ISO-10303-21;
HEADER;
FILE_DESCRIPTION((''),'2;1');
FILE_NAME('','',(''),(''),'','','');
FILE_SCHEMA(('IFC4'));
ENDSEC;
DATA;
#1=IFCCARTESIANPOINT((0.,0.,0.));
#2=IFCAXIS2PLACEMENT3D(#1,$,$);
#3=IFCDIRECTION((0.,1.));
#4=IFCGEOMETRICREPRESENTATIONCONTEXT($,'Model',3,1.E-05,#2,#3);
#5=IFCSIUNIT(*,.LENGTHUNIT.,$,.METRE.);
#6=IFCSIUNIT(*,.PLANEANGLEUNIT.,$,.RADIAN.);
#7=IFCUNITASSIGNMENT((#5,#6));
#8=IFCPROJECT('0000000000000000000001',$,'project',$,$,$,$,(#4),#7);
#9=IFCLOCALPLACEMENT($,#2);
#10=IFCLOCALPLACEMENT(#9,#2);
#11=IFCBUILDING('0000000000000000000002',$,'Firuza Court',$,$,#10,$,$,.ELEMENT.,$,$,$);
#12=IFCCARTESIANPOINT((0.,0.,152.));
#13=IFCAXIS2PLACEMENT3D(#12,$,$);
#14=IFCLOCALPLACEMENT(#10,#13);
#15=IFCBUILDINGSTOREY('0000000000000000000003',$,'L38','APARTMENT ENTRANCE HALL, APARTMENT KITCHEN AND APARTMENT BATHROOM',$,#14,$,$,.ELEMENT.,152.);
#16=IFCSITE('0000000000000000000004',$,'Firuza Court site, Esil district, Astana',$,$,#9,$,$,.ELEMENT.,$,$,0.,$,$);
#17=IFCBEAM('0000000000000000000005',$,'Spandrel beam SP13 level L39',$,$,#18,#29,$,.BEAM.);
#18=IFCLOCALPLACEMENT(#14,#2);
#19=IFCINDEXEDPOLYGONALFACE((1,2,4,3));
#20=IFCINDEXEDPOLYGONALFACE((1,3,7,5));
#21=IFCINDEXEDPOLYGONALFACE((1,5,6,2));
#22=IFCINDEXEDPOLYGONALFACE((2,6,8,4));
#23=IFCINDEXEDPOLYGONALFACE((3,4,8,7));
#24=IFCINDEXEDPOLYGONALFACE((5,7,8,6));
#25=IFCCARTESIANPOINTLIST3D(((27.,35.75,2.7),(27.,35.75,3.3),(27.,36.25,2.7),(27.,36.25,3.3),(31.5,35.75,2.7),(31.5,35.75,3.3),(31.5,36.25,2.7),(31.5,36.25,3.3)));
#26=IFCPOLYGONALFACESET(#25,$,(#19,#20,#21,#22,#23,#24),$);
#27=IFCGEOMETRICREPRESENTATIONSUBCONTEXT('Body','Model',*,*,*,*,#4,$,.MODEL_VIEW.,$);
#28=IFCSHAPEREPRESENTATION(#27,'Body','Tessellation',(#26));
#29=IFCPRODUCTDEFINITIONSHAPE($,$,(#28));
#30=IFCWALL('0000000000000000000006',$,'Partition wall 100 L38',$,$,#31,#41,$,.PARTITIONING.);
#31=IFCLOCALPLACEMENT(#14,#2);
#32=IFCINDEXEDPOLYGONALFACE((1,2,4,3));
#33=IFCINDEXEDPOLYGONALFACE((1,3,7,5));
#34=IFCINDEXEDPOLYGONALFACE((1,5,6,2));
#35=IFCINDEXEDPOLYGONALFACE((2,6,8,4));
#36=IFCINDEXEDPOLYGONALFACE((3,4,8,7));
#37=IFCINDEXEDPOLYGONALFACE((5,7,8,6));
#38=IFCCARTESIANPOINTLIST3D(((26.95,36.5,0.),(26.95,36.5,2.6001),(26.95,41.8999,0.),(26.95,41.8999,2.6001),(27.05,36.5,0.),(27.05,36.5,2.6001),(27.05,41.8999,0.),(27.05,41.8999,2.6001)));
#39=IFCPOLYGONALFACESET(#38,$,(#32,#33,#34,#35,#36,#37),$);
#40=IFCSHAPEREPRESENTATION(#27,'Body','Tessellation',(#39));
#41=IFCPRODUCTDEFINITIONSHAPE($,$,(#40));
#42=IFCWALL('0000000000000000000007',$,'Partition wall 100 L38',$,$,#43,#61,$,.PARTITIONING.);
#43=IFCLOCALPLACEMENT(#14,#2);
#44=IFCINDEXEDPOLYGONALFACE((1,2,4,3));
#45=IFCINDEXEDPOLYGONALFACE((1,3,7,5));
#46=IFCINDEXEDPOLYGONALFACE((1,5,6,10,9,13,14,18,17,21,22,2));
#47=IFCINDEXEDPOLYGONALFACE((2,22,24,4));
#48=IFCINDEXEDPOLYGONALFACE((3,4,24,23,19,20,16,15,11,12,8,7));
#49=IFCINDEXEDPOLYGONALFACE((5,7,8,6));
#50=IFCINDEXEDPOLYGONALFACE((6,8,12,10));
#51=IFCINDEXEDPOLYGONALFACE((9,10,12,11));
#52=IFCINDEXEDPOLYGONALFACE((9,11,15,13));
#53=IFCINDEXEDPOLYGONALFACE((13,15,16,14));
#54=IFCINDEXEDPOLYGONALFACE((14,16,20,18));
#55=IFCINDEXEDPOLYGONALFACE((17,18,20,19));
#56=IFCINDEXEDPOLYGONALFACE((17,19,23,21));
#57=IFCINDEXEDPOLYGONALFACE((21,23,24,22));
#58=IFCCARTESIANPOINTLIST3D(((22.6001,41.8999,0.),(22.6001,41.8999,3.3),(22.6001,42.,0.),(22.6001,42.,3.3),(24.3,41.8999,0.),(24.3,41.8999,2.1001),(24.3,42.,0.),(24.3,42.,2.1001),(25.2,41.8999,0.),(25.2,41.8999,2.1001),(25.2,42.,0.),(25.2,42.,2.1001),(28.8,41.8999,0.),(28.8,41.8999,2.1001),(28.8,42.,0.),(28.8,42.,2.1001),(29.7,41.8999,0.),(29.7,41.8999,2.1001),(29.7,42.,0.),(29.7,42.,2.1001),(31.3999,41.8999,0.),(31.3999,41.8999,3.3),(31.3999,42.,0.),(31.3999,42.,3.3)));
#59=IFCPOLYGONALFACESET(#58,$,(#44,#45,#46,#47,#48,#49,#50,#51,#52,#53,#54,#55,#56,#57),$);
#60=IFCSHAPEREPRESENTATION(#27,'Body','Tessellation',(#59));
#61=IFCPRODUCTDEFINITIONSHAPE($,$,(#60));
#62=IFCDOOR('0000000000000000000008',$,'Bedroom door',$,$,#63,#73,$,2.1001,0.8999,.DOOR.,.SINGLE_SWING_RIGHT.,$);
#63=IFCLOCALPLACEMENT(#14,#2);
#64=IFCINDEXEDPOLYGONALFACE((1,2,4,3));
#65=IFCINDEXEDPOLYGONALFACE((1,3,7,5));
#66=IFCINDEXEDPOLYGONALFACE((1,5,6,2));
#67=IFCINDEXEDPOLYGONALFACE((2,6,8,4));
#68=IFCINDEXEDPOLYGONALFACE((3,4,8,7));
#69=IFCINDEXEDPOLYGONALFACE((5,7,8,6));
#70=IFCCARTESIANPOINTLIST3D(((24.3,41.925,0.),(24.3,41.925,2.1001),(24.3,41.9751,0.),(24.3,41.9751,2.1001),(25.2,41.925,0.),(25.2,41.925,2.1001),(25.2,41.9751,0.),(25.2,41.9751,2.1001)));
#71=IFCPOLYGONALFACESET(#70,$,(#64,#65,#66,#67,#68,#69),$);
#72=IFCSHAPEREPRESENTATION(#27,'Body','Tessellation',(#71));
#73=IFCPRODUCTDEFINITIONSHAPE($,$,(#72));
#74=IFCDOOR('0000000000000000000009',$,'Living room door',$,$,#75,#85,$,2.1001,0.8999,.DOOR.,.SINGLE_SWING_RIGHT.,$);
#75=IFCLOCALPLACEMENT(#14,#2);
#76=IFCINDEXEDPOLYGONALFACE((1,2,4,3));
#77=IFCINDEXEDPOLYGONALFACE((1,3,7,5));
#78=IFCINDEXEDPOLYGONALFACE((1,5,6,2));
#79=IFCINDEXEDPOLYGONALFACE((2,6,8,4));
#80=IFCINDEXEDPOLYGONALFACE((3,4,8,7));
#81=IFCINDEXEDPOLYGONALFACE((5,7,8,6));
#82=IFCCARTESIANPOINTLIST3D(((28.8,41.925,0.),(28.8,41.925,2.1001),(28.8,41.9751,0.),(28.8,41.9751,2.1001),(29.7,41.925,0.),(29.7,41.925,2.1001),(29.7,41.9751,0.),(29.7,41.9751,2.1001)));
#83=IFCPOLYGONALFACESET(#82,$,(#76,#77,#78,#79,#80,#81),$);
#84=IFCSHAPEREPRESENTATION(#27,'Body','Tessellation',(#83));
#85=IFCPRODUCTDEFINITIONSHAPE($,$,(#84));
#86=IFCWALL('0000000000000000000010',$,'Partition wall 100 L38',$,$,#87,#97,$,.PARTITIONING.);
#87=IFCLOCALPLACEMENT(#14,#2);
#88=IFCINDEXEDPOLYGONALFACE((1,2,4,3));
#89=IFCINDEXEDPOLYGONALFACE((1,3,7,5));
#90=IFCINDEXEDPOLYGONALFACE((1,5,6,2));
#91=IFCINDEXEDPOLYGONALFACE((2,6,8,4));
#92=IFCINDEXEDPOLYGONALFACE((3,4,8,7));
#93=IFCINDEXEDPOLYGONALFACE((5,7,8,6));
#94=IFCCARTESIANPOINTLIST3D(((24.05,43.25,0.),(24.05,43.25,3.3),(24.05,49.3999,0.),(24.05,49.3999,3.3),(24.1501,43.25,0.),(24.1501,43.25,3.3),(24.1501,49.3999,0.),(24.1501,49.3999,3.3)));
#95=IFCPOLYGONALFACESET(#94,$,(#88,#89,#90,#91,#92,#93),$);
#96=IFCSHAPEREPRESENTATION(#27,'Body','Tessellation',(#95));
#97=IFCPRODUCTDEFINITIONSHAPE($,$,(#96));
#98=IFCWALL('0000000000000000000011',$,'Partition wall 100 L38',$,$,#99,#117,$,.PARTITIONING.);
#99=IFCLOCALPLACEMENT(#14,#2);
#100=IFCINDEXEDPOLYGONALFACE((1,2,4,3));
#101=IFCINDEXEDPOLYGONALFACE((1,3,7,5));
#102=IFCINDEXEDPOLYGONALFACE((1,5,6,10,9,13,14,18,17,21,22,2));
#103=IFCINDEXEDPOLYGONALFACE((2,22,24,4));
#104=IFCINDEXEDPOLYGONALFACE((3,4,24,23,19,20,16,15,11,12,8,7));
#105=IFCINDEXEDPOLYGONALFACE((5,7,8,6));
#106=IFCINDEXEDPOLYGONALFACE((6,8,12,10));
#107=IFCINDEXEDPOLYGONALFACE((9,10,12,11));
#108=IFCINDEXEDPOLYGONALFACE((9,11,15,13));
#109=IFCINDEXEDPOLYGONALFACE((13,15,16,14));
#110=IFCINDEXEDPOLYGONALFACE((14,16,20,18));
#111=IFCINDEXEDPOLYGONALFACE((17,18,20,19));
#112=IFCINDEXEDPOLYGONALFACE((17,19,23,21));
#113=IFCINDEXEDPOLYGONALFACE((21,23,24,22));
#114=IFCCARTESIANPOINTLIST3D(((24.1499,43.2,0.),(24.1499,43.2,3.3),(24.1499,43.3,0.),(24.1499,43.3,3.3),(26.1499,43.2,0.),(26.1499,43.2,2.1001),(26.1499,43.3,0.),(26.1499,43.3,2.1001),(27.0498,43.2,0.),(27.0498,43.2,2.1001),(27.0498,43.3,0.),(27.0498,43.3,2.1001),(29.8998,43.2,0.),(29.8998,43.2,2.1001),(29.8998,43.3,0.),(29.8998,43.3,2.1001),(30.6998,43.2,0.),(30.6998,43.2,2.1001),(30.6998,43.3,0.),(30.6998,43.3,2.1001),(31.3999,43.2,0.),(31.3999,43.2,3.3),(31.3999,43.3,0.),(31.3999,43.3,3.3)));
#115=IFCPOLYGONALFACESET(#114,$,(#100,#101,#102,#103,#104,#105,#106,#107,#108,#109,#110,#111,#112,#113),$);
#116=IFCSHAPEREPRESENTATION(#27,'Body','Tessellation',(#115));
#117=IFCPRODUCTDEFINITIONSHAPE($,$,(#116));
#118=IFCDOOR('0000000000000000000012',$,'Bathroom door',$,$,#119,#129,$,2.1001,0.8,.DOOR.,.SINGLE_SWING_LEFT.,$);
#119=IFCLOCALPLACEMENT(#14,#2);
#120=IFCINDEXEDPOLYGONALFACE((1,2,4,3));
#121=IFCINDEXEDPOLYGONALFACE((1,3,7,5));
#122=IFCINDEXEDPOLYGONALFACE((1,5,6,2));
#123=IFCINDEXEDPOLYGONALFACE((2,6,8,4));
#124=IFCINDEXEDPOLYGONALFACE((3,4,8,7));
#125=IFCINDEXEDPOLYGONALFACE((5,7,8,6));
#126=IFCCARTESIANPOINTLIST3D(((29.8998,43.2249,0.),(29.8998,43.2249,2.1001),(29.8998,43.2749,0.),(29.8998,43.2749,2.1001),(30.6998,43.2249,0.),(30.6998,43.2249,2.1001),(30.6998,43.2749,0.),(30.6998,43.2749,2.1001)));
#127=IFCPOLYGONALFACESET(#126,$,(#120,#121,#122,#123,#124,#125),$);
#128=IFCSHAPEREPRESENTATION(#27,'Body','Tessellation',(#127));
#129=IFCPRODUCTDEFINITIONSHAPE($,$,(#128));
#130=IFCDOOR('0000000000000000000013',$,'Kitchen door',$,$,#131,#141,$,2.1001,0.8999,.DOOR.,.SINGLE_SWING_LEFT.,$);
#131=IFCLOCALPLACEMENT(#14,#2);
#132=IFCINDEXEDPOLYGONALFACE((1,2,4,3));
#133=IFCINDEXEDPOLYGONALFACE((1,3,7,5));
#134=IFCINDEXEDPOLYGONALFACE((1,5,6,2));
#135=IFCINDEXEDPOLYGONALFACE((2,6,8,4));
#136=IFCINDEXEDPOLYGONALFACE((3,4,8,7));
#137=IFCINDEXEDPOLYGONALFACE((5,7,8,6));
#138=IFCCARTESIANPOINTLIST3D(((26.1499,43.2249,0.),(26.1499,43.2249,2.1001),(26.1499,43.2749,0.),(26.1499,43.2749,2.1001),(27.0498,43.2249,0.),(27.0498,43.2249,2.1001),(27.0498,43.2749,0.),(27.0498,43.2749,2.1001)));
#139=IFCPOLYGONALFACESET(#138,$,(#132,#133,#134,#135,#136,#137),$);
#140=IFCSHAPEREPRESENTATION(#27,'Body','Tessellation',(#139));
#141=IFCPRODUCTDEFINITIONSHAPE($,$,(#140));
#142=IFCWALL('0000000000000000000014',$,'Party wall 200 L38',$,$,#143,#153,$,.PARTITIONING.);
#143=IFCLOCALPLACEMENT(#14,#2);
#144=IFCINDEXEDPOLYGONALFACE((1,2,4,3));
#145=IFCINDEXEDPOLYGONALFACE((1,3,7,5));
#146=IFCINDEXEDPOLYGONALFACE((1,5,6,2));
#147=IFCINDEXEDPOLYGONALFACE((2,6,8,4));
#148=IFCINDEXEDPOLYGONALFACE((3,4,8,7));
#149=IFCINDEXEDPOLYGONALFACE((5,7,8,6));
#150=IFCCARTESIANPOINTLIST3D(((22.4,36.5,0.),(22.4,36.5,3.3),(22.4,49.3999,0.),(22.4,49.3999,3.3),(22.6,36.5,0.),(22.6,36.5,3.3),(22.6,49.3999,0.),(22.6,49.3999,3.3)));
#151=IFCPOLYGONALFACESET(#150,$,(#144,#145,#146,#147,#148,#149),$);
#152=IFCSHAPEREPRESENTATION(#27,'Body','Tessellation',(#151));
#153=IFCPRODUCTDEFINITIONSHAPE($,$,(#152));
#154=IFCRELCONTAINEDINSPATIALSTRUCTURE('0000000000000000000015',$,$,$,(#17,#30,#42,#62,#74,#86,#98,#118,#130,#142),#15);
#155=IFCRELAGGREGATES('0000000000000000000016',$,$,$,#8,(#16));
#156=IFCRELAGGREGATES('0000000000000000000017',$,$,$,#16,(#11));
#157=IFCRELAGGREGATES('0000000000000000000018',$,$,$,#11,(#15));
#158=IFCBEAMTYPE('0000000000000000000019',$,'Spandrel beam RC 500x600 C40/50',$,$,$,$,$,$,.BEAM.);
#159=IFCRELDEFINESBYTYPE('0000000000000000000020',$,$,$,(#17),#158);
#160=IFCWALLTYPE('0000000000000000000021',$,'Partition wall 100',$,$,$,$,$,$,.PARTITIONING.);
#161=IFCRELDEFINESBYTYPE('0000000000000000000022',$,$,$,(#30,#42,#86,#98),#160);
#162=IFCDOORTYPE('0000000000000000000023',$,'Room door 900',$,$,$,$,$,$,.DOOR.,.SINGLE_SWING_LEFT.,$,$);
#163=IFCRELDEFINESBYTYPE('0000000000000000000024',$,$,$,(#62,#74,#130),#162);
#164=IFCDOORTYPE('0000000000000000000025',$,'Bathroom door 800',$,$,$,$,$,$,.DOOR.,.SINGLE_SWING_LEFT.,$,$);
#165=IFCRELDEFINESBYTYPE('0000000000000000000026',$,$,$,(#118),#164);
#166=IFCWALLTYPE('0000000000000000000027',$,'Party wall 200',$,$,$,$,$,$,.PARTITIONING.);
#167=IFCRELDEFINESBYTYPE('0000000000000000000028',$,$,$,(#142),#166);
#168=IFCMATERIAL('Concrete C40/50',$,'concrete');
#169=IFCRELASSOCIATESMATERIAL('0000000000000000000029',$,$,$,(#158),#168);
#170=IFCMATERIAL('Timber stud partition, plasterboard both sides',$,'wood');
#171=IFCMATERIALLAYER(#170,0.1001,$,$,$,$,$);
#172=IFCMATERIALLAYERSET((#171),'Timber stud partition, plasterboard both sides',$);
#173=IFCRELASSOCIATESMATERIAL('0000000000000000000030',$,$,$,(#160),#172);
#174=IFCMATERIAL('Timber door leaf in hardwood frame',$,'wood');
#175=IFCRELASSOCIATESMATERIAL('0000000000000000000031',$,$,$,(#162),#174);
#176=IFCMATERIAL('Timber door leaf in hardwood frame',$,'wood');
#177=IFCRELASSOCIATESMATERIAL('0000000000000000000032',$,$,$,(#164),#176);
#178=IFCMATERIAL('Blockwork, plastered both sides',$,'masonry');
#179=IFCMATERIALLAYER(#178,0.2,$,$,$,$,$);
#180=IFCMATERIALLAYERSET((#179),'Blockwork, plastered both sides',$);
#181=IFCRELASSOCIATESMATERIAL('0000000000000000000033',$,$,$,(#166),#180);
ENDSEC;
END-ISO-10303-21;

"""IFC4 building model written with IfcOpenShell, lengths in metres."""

from ifc_helpers import new_model, si_unit, direction, frame, frame_2d, origin, origin_2d, place, context, subcontext, project, spatial, rectangle, extrude, material, layer, layer_set, material_profile, profile_set, type_object, element, fill, save


model = new_model("IFC4")

# Units and contexts
model_context = context("Model", 3, precision=1e-05, world=origin(), true_north=direction((0.0, 1.0)))
body_context = subcontext(model_context, "Body", "Model", "MODEL_VIEW")
ifc_project = project(units=[si_unit("LENGTHUNIT", "METRE"), si_unit("PLANEANGLEUNIT", "RADIAN")], contexts=[model_context])

# Site, building, storey
site_placement = place(None, origin())
site = spatial("IfcSite", under=ifc_project, at=site_placement, Name="Firuza Court site, Esil district, Astana", CompositionType="ELEMENT", RefElevation=0.0)
building_placement = place(site_placement, origin())
building = spatial("IfcBuilding", under=site, at=building_placement, Name="Firuza Court", CompositionType="ELEMENT")
storey_placement = place(building_placement, frame((0.0, 0.0, 152.0)))
storey = spatial("IfcBuildingStorey", under=building, at=storey_placement, Name="L38", Description="APARTMENT ENTRANCE HALL, APARTMENT KITCHEN AND APARTMENT BATHROOM", CompositionType="ELEMENT", Elevation=152.0)

# Beam
ifc_material_1 = material(Name="Concrete C40/50", Category="concrete")
ifc_material_profile = material_profile(ifc_material_1, rectangle(XDim=0.5, YDim=0.6001, at=origin_2d()), Name="RC 500x600")
ifc_profile_set = profile_set([ifc_material_profile], Name="Concrete C40/50")
beam_type = type_object("IfcBeamType", Name="Spandrel beam RC 500x600 C40/50", PredefinedType="BEAM", material=ifc_profile_set)
beam_placement = place(storey_placement, frame((27.0, 36.0, 3.0), z_axis=(1.0, 0.0, 0.0), x_axis=(0.0, 1.0, 0.0)))
element("IfcBeam", 1, at=beam_placement, inside=storey, type_object=beam_type, Name="Spandrel beam SP13 level L39", PredefinedType="BEAM", context=body_context, shape_type="SweptSolid", body=[
    extrude(rectangle(XDim=0.5, YDim=0.6001, at=origin_2d()), origin(), (0.0, 0.0, 1.0), 4.5),
])

# Wall
ifc_material_2 = material(Name="Timber stud partition, plasterboard both sides", Category="wood")
ifc_layer_1 = layer(ifc_material_2, 0.1001)
ifc_layer_set_1 = layer_set([ifc_layer_1], Name="Timber stud partition, plasterboard both sides")
wall_type_1 = type_object("IfcWallType", Name="Partition wall 100", PredefinedType="PARTITIONING", material=ifc_layer_set_1)
wall_1_placement = place(storey_placement, frame((27.0, 36.5, 0.0), z_axis=(0.0, 0.0, 1.0), x_axis=(0.0, 1.0, 0.0)))
element("IfcWall", 2, at=wall_1_placement, inside=storey, type_object=wall_type_1, Name="Partition wall 100 L38", PredefinedType="PARTITIONING", context=body_context, shape_type="SweptSolid", body=[
    extrude(rectangle(XDim=5.3999, YDim=0.1001, at=frame_2d((2.7, 0.0))), origin(), (0.0, 0.0, 1.0), 2.6001),
])

# Wall, openings, doors
wall_2_placement = place(storey_placement, frame((22.6001, 41.95, 0.0), z_axis=(0.0, 0.0, 1.0), x_axis=(1.0, 0.0, 0.0)))
wall_2 = element("IfcWall", 3, at=wall_2_placement, inside=storey, type_object=wall_type_1, Name="Partition wall 100 L38", PredefinedType="PARTITIONING", context=body_context, shape_type="SweptSolid", body=[
    extrude(rectangle(XDim=8.7998, YDim=0.1001, at=frame_2d((4.3999, 0.0))), origin(), (0.0, 0.0, 1.0), 3.3),
])
opening_1_placement = place(wall_2_placement, frame((1.7, 0.0, 0.0)))
opening_1 = element("IfcOpeningElement", 4, at=opening_1_placement, cuts=wall_2, PredefinedType="OPENING", context=body_context, shape_type="SweptSolid", body=[
    extrude(rectangle(XDim=0.8999, YDim=2.1001, at=frame_2d((0.45, 1.05))), frame((0.0, 0.062, 0.0), z_axis=(0.0, -1.0, 0.0), x_axis=(1.0, 0.0, 0.0)), (0.0, 0.0, 1.0), 0.124),
])
opening_2_placement = place(wall_2_placement, frame((6.2, 0.0, 0.0)))
opening_2 = element("IfcOpeningElement", 5, at=opening_2_placement, cuts=wall_2, PredefinedType="OPENING", context=body_context, shape_type="SweptSolid", body=[
    extrude(rectangle(XDim=0.8999, YDim=2.1001, at=frame_2d((0.45, 1.05))), frame((0.0, 0.062, 0.0), z_axis=(0.0, -1.0, 0.0), x_axis=(1.0, 0.0, 0.0)), (0.0, 0.0, 1.0), 0.124),
])
ifc_material_3 = material(Name="Timber door leaf in hardwood frame", Category="wood")
door_type_1 = type_object("IfcDoorType", Name="Room door 900", OperationType="SINGLE_SWING_LEFT", PredefinedType="DOOR", material=ifc_material_3)
door_1_placement = place(opening_1_placement, frame((0.8999, 0.0, 0.0), z_axis=(0.0, 0.0, 1.0), x_axis=(-1.0, 0.0, 0.0)))
door_1 = element("IfcDoor", 6, at=door_1_placement, inside=storey, type_object=door_type_1, Name="Bedroom door", OperationType="SINGLE_SWING_RIGHT", OverallHeight=2.1001, OverallWidth=0.8999, PredefinedType="DOOR", context=body_context, shape_type="SweptSolid", body=[
    extrude(rectangle(XDim=0.8999, YDim=2.1001, at=frame_2d((0.45, 1.05))), frame((0.0, 0.0249, 0.0), z_axis=(0.0, -1.0, 0.0), x_axis=(1.0, 0.0, 0.0)), (0.0, 0.0, 1.0), 0.05),
])
fill(opening_1, door_1)
door_2_placement = place(opening_2_placement, frame((0.8999, 0.0, 0.0), z_axis=(0.0, 0.0, 1.0), x_axis=(-1.0, 0.0, 0.0)))
door_2 = element("IfcDoor", 7, at=door_2_placement, inside=storey, type_object=door_type_1, Name="Living room door", OperationType="SINGLE_SWING_RIGHT", OverallHeight=2.1001, OverallWidth=0.8999, PredefinedType="DOOR", context=body_context, shape_type="SweptSolid", body=[
    extrude(rectangle(XDim=0.8999, YDim=2.1001, at=frame_2d((0.45, 1.05))), frame((0.0, 0.0249, 0.0), z_axis=(0.0, -1.0, 0.0), x_axis=(1.0, 0.0, 0.0)), (0.0, 0.0, 1.0), 0.05),
])
fill(opening_2, door_2)

# Wall
wall_3_placement = place(storey_placement, frame((24.1001, 43.25, 0.0), z_axis=(0.0, 0.0, 1.0), x_axis=(0.0, 1.0, 0.0)))
element("IfcWall", 8, at=wall_3_placement, inside=storey, type_object=wall_type_1, Name="Partition wall 100 L38", PredefinedType="PARTITIONING", context=body_context, shape_type="SweptSolid", body=[
    extrude(rectangle(XDim=6.1499, YDim=0.1001, at=frame_2d((3.075, 0.0))), origin(), (0.0, 0.0, 1.0), 3.3),
])

# Wall, openings, doors
wall_4_placement = place(storey_placement, frame((24.1499, 43.25, 0.0), z_axis=(0.0, 0.0, 1.0), x_axis=(1.0, 0.0, 0.0)))
wall_4 = element("IfcWall", 9, at=wall_4_placement, inside=storey, type_object=wall_type_1, Name="Partition wall 100 L38", PredefinedType="PARTITIONING", context=body_context, shape_type="SweptSolid", body=[
    extrude(rectangle(XDim=7.25, YDim=0.1001, at=frame_2d((3.625, 0.0))), origin(), (0.0, 0.0, 1.0), 3.3),
])
opening_3_placement = place(wall_4_placement, frame((5.75, 0.0, 0.0)))
opening_3 = element("IfcOpeningElement", 10, at=opening_3_placement, cuts=wall_4, PredefinedType="OPENING", context=body_context, shape_type="SweptSolid", body=[
    extrude(rectangle(XDim=0.8, YDim=2.1001, at=frame_2d((0.3999, 1.05))), frame((0.0, 0.062, 0.0), z_axis=(0.0, -1.0, 0.0), x_axis=(1.0, 0.0, 0.0)), (0.0, 0.0, 1.0), 0.124),
])
opening_4_placement = place(wall_4_placement, frame((2.0, 0.0, 0.0)))
opening_4 = element("IfcOpeningElement", 11, at=opening_4_placement, cuts=wall_4, PredefinedType="OPENING", context=body_context, shape_type="SweptSolid", body=[
    extrude(rectangle(XDim=0.8999, YDim=2.1001, at=frame_2d((0.45, 1.05))), frame((0.0, 0.062, 0.0), z_axis=(0.0, -1.0, 0.0), x_axis=(1.0, 0.0, 0.0)), (0.0, 0.0, 1.0), 0.124),
])
ifc_material_4 = material(Name="Timber door leaf in hardwood frame", Category="wood")
door_type_2 = type_object("IfcDoorType", Name="Bathroom door 800", OperationType="SINGLE_SWING_LEFT", PredefinedType="DOOR", material=ifc_material_4)
door_3_placement = place(opening_3_placement, origin())
door_3 = element("IfcDoor", 12, at=door_3_placement, inside=storey, type_object=door_type_2, Name="Bathroom door", OperationType="SINGLE_SWING_LEFT", OverallHeight=2.1001, OverallWidth=0.8, PredefinedType="DOOR", context=body_context, shape_type="SweptSolid", body=[
    extrude(rectangle(XDim=0.8, YDim=2.1001, at=frame_2d((0.3999, 1.05))), frame((0.0, 0.0249, 0.0), z_axis=(0.0, -1.0, 0.0), x_axis=(1.0, 0.0, 0.0)), (0.0, 0.0, 1.0), 0.05),
])
fill(opening_3, door_3)
door_4_placement = place(opening_4_placement, origin())
door_4 = element("IfcDoor", 13, at=door_4_placement, inside=storey, type_object=door_type_1, Name="Kitchen door", OperationType="SINGLE_SWING_LEFT", OverallHeight=2.1001, OverallWidth=0.8999, PredefinedType="DOOR", context=body_context, shape_type="SweptSolid", body=[
    extrude(rectangle(XDim=0.8999, YDim=2.1001, at=frame_2d((0.45, 1.05))), frame((0.0, 0.0249, 0.0), z_axis=(0.0, -1.0, 0.0), x_axis=(1.0, 0.0, 0.0)), (0.0, 0.0, 1.0), 0.05),
])
fill(opening_4, door_4)

# Wall
ifc_material_5 = material(Name="Blockwork, plastered both sides", Category="masonry")
ifc_layer_2 = layer(ifc_material_5, 0.2)
ifc_layer_set_2 = layer_set([ifc_layer_2], Name="Blockwork, plastered both sides")
wall_type_2 = type_object("IfcWallType", Name="Party wall 200", PredefinedType="PARTITIONING", material=ifc_layer_set_2)
wall_5_placement = place(storey_placement, frame((22.5, 36.5, 0.0), z_axis=(0.0, 0.0, 1.0), x_axis=(0.0, 1.0, 0.0)))
element("IfcWall", 14, at=wall_5_placement, inside=storey, type_object=wall_type_2, Name="Party wall 200 L38", PredefinedType="PARTITIONING", context=body_context, shape_type="SweptSolid", body=[
    extrude(rectangle(XDim=12.8999, YDim=0.2, at=frame_2d((6.45, 0.0))), origin(), (0.0, 0.0, 1.0), 3.3),
])

save(model, "model.ifc")
